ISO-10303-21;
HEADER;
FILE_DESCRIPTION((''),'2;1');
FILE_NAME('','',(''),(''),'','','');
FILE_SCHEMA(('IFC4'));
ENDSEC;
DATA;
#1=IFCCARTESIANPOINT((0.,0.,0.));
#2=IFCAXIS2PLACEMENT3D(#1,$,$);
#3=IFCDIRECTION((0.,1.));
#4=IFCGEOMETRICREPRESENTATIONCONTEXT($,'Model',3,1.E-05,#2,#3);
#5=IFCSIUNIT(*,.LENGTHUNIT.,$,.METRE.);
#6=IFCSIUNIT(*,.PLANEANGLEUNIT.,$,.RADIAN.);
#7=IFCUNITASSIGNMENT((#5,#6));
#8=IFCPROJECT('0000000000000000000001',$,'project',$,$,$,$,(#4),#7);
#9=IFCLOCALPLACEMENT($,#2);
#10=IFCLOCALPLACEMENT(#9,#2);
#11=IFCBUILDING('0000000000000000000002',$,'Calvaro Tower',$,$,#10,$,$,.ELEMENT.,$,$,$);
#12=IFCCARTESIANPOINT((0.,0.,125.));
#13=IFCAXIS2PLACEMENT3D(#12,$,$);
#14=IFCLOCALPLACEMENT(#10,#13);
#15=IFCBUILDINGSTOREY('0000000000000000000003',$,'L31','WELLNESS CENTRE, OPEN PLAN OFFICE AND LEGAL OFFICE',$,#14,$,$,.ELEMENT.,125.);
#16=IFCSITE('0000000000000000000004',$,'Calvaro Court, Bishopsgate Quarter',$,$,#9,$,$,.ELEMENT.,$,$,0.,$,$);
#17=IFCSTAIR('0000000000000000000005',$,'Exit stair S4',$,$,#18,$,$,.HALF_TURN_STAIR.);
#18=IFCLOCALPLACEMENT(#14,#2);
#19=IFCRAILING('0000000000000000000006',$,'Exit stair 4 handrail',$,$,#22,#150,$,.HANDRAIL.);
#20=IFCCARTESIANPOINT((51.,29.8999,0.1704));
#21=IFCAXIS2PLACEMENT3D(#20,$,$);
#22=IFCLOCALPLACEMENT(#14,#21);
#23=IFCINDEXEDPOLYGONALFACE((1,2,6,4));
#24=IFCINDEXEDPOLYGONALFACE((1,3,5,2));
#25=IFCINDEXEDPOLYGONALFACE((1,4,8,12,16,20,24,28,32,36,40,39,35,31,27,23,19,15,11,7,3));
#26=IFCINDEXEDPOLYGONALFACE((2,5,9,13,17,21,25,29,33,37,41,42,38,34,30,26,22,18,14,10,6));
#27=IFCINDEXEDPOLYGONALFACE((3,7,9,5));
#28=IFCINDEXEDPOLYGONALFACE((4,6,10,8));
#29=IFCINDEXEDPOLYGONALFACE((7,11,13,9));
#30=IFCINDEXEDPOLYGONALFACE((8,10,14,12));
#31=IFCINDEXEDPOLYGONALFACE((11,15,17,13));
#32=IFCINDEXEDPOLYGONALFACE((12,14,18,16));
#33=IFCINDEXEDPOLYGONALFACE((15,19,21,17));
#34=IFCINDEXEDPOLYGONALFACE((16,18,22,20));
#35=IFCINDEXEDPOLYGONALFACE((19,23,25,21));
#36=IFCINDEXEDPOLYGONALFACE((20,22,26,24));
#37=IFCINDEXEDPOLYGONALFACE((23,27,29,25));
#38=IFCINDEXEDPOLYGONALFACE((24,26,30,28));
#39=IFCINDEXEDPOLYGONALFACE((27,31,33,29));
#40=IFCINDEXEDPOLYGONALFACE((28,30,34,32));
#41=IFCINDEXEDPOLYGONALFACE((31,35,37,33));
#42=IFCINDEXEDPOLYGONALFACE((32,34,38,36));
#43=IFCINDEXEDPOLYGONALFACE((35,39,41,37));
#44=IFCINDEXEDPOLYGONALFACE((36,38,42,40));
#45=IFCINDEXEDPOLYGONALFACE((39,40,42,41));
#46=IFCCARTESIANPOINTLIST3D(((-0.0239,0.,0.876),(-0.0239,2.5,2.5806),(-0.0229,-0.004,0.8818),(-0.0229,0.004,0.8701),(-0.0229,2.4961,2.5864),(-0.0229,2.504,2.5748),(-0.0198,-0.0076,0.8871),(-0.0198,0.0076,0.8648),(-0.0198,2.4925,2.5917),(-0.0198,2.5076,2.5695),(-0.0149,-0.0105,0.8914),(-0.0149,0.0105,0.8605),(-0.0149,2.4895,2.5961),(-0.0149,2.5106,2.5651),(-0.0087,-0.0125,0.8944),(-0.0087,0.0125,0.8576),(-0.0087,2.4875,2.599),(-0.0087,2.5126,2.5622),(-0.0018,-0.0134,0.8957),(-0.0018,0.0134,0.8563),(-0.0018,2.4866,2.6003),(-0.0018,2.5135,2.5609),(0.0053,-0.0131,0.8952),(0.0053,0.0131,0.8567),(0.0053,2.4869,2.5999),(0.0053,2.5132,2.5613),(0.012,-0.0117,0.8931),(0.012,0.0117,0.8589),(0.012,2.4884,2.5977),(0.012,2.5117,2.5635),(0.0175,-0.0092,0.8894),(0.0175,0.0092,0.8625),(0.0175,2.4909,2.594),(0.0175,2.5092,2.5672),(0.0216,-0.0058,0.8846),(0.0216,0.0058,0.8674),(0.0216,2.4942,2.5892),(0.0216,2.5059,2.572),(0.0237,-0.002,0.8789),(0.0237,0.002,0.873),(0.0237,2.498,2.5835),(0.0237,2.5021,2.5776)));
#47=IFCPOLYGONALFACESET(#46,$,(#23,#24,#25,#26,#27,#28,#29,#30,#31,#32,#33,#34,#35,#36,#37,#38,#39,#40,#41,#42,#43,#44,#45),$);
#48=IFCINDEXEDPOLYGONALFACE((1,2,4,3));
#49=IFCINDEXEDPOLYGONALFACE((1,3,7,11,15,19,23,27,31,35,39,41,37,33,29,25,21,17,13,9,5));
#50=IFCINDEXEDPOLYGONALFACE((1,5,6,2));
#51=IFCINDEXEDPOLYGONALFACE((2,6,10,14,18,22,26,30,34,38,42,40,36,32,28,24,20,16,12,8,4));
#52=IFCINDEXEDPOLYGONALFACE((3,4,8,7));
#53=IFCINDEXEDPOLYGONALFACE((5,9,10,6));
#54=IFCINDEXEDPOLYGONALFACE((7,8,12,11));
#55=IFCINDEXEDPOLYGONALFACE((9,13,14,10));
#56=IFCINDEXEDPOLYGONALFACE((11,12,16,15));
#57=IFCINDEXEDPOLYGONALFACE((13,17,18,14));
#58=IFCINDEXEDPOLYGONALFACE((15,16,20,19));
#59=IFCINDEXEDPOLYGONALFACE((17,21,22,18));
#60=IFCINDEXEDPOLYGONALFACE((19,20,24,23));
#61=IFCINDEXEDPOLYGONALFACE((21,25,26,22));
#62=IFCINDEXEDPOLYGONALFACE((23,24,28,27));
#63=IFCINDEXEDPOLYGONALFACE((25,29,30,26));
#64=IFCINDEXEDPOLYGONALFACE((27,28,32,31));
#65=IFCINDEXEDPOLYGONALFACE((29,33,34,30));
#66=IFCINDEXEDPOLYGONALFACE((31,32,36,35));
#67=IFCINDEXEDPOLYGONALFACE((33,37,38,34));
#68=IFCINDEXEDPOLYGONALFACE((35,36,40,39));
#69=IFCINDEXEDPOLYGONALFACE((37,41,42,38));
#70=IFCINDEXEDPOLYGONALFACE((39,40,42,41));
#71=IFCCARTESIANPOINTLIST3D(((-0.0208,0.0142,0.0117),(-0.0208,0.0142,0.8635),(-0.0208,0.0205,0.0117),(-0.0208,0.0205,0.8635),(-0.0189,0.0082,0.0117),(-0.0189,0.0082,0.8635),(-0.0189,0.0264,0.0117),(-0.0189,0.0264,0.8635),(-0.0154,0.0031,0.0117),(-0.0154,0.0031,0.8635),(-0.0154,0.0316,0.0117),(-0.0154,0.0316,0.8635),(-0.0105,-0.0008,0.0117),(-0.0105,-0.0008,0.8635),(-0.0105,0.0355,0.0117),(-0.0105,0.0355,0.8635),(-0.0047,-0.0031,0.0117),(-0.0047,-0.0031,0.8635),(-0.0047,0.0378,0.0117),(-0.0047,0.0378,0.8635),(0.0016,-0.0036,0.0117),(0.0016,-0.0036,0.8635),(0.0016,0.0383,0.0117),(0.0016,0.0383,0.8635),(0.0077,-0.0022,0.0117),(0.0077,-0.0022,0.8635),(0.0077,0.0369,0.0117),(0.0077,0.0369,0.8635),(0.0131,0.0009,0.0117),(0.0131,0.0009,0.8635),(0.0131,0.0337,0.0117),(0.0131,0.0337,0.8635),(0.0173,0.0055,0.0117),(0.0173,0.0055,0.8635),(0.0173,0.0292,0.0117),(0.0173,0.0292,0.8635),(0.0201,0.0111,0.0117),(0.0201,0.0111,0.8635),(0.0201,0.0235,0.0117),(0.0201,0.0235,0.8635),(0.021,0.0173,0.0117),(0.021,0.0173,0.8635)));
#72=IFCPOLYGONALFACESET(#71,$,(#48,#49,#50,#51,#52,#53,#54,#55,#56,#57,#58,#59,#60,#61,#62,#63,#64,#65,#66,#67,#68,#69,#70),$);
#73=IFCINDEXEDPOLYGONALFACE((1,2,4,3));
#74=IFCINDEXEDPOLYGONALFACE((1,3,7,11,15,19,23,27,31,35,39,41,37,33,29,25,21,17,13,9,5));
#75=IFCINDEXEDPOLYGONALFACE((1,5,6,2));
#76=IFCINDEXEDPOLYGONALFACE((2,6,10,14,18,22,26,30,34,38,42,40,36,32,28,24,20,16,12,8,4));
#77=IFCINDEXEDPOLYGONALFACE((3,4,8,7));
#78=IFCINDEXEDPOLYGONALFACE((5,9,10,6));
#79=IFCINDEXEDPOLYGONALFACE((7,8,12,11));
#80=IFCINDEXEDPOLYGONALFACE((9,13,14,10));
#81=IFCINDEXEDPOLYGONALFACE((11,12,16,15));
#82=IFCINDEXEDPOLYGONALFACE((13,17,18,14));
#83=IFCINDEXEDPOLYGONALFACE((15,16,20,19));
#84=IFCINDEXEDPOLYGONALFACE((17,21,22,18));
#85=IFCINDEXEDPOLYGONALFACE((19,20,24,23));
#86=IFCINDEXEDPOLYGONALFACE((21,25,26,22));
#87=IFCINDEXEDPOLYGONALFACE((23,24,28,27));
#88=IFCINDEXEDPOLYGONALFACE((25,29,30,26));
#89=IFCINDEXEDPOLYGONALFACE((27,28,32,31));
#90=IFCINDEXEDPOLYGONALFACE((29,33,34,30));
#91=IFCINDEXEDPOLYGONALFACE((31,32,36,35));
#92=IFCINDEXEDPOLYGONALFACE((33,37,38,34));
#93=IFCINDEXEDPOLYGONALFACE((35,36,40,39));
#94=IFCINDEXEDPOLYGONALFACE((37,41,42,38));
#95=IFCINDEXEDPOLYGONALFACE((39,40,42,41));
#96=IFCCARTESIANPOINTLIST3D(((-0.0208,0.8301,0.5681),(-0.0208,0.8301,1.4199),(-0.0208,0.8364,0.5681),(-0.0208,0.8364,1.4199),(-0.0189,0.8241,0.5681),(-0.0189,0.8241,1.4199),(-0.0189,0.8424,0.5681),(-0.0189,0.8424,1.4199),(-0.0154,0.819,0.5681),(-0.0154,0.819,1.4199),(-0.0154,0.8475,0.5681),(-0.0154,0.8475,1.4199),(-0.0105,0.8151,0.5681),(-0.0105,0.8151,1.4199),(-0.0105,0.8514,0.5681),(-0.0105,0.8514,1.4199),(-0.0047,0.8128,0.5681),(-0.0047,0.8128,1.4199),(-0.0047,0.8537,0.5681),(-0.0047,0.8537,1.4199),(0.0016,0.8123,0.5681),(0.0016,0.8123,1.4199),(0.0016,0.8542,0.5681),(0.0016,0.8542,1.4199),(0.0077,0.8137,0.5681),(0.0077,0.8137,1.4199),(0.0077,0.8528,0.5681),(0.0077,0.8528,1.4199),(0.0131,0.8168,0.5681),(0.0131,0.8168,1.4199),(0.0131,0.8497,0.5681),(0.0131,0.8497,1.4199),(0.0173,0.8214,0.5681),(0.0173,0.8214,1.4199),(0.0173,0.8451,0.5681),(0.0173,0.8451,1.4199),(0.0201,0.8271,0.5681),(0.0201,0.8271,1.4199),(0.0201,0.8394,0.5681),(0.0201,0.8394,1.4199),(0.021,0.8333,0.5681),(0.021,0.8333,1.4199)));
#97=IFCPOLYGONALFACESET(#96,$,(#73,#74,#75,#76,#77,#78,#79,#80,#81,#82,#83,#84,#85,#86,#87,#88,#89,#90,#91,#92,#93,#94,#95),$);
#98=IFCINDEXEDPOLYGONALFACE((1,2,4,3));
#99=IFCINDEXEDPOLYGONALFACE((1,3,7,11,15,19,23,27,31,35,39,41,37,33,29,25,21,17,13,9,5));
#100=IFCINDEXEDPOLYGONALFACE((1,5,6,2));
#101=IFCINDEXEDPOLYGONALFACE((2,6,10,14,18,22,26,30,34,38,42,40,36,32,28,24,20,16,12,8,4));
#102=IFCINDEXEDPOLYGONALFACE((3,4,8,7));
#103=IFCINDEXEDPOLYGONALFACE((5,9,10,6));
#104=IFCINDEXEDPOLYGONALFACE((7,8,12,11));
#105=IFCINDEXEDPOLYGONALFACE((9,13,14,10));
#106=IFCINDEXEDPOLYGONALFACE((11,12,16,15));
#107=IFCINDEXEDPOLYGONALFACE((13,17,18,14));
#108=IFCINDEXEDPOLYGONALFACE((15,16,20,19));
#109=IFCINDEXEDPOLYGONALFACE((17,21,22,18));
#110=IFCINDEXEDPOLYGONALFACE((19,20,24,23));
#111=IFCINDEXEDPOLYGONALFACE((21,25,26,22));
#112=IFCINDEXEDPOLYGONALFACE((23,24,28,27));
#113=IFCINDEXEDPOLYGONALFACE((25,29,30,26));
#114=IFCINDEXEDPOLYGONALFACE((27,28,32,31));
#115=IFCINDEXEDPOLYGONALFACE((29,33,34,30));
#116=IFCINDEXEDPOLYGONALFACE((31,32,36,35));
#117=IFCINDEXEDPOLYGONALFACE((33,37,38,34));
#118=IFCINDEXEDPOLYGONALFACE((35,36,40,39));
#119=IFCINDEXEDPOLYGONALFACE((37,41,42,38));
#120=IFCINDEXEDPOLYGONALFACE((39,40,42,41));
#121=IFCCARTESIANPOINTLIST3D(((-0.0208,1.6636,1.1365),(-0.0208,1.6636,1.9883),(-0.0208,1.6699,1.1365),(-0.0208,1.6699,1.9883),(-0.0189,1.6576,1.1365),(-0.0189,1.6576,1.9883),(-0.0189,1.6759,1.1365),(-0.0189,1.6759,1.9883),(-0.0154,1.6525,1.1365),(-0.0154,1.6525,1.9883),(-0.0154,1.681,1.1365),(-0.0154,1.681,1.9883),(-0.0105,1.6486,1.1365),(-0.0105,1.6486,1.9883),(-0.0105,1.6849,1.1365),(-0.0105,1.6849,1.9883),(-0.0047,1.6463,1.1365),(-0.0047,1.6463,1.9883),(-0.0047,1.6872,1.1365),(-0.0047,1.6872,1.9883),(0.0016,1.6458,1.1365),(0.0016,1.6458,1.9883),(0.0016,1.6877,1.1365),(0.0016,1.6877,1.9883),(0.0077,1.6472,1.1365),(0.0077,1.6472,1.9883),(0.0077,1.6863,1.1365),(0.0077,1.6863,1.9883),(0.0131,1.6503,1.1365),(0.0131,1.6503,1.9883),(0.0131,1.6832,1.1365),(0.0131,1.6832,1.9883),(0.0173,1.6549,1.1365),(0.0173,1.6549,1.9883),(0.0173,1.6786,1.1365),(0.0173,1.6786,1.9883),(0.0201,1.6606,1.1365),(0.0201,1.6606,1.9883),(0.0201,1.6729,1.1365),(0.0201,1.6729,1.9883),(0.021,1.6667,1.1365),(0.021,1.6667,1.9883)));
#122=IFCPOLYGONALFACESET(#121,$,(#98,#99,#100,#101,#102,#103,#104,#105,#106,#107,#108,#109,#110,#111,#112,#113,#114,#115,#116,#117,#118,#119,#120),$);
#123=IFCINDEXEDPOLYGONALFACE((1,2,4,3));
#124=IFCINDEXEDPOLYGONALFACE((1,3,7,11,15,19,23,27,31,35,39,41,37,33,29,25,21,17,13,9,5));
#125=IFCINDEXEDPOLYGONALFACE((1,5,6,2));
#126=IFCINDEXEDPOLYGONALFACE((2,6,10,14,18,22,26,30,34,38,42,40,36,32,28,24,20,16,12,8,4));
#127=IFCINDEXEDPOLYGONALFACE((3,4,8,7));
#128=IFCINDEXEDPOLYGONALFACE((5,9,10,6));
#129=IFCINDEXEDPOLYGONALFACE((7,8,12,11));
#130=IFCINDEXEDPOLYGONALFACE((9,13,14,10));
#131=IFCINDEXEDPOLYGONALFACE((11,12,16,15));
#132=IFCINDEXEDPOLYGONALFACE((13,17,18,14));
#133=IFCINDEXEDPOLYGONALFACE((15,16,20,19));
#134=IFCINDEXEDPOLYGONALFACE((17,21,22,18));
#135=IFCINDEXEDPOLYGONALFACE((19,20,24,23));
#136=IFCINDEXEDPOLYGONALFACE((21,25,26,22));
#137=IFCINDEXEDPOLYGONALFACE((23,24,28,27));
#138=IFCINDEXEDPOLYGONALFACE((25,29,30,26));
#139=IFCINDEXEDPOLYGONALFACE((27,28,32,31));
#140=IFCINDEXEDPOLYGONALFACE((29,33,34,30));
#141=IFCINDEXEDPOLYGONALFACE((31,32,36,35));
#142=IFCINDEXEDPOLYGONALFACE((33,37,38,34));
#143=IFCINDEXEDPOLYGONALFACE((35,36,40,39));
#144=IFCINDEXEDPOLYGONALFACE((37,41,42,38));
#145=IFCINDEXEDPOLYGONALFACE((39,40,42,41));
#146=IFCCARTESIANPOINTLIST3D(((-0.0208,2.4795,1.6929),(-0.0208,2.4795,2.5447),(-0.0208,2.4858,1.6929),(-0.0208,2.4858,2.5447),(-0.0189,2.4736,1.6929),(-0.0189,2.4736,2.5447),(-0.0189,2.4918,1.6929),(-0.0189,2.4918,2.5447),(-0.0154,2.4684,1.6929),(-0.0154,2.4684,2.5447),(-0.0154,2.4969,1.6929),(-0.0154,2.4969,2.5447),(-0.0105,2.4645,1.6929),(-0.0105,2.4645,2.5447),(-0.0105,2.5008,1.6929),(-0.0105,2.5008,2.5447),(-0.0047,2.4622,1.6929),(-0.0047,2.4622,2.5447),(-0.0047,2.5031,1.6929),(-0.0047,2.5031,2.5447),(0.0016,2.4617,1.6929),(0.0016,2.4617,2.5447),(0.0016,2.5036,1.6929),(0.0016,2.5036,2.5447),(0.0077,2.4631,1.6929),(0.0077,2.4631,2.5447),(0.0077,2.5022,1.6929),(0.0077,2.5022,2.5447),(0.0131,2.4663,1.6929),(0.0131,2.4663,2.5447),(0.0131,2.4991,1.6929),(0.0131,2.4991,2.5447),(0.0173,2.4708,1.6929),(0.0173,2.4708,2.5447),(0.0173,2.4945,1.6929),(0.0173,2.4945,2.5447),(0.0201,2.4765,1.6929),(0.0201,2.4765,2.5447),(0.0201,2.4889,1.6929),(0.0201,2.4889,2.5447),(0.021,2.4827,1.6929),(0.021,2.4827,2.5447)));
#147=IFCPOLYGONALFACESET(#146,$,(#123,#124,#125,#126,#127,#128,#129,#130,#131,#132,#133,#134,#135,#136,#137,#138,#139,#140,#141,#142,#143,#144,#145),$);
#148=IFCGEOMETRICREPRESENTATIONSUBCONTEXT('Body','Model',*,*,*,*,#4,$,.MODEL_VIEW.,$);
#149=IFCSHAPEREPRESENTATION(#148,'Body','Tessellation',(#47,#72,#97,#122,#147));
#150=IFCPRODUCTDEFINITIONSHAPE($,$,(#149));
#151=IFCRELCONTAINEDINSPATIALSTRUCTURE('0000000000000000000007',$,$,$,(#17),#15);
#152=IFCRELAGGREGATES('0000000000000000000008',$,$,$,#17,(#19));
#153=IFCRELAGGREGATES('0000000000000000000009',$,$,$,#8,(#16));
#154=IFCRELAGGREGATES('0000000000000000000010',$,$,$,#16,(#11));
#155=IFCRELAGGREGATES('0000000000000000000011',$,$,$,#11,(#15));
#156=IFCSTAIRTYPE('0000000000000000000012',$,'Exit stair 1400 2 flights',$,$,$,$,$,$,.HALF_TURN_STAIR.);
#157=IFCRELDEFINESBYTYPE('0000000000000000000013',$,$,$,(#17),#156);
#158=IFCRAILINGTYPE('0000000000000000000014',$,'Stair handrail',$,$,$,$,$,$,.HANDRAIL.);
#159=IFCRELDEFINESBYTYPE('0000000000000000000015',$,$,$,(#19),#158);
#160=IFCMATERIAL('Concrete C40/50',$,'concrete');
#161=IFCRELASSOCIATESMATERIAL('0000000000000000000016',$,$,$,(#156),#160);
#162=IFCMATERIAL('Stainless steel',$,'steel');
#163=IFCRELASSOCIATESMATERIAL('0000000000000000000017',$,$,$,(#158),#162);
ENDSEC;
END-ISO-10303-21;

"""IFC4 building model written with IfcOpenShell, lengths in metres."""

from ifc_helpers import new_model, si_unit, direction, frame, origin, origin_2d, place, context, subcontext, project, spatial, circle, extrude, material, type_object, element, aggregate, save


model = new_model("IFC4")

# Units and contexts
model_context = context("Model", 3, precision=1e-05, world=origin(), true_north=direction((0.0, 1.0)))
body_context = subcontext(model_context, "Body", "Model", "MODEL_VIEW")
ifc_project = project(units=[si_unit("LENGTHUNIT", "METRE"), si_unit("PLANEANGLEUNIT", "RADIAN")], contexts=[model_context])

# Site, building, storey
site_placement = place(None, origin())
site = spatial("IfcSite", under=ifc_project, at=site_placement, Name="Calvaro Court, Bishopsgate Quarter", CompositionType="ELEMENT", RefElevation=0.0)
building_placement = place(site_placement, origin())
building = spatial("IfcBuilding", under=site, at=building_placement, Name="Calvaro Tower", CompositionType="ELEMENT")
storey_placement = place(building_placement, frame((0.0, 0.0, 125.0)))
storey = spatial("IfcBuildingStorey", under=building, at=storey_placement, Name="L31", Description="WELLNESS CENTRE, OPEN PLAN OFFICE AND LEGAL OFFICE", CompositionType="ELEMENT", Elevation=125.0)

# Stair
ifc_material_1 = material(Name="Concrete C40/50", Category="concrete")
stair_type = type_object("IfcStairType", Name="Exit stair 1400 2 flights", PredefinedType="HALF_TURN_STAIR", material=ifc_material_1)
stair_1_placement = place(storey_placement, origin())
stair_1 = element("IfcStair", 1, at=stair_1_placement, inside=storey, type_object=stair_type, Name="Exit stair S4", PredefinedType="HALF_TURN_STAIR")

# Railing
ifc_material_2 = material(Name="Stainless steel", Category="steel")
railing_type = type_object("IfcRailingType", Name="Stair handrail", PredefinedType="HANDRAIL", material=ifc_material_2)
railing_1_placement = place(storey_placement, frame((51.0, 29.8999, 0.1704)))
railing_1 = element("IfcRailing", 2, at=railing_1_placement, type_object=railing_type, Name="Exit stair 4 handrail", PredefinedType="HANDRAIL", context=body_context, shape_type="SweptSolid", body=[
    extrude(circle(Radius=0.0239, at=origin_2d()), frame((0.0, 0.0, 0.876), z_axis=(0.0, 0.826221, 0.563347), x_axis=(-1.0, 0.0, 0.0)), (0.0, 0.0, 1.0), 3.0259),
    extrude(circle(Radius=0.021, at=origin_2d()), frame((0.0, 0.0173, 0.0117)), (0.0, 0.0, 1.0), 0.8518),
    extrude(circle(Radius=0.021, at=origin_2d()), frame((0.0, 0.8333, 0.5681)), (0.0, 0.0, 1.0), 0.8518),
    extrude(circle(Radius=0.021, at=origin_2d()), frame((0.0, 1.6667, 1.1365)), (0.0, 0.0, 1.0), 0.8518),
    extrude(circle(Radius=0.021, at=origin_2d()), frame((0.0, 2.4827, 1.6929)), (0.0, 0.0, 1.0), 0.8518),
])
aggregate(stair_1, [railing_1])

save(model, "model.ifc")
